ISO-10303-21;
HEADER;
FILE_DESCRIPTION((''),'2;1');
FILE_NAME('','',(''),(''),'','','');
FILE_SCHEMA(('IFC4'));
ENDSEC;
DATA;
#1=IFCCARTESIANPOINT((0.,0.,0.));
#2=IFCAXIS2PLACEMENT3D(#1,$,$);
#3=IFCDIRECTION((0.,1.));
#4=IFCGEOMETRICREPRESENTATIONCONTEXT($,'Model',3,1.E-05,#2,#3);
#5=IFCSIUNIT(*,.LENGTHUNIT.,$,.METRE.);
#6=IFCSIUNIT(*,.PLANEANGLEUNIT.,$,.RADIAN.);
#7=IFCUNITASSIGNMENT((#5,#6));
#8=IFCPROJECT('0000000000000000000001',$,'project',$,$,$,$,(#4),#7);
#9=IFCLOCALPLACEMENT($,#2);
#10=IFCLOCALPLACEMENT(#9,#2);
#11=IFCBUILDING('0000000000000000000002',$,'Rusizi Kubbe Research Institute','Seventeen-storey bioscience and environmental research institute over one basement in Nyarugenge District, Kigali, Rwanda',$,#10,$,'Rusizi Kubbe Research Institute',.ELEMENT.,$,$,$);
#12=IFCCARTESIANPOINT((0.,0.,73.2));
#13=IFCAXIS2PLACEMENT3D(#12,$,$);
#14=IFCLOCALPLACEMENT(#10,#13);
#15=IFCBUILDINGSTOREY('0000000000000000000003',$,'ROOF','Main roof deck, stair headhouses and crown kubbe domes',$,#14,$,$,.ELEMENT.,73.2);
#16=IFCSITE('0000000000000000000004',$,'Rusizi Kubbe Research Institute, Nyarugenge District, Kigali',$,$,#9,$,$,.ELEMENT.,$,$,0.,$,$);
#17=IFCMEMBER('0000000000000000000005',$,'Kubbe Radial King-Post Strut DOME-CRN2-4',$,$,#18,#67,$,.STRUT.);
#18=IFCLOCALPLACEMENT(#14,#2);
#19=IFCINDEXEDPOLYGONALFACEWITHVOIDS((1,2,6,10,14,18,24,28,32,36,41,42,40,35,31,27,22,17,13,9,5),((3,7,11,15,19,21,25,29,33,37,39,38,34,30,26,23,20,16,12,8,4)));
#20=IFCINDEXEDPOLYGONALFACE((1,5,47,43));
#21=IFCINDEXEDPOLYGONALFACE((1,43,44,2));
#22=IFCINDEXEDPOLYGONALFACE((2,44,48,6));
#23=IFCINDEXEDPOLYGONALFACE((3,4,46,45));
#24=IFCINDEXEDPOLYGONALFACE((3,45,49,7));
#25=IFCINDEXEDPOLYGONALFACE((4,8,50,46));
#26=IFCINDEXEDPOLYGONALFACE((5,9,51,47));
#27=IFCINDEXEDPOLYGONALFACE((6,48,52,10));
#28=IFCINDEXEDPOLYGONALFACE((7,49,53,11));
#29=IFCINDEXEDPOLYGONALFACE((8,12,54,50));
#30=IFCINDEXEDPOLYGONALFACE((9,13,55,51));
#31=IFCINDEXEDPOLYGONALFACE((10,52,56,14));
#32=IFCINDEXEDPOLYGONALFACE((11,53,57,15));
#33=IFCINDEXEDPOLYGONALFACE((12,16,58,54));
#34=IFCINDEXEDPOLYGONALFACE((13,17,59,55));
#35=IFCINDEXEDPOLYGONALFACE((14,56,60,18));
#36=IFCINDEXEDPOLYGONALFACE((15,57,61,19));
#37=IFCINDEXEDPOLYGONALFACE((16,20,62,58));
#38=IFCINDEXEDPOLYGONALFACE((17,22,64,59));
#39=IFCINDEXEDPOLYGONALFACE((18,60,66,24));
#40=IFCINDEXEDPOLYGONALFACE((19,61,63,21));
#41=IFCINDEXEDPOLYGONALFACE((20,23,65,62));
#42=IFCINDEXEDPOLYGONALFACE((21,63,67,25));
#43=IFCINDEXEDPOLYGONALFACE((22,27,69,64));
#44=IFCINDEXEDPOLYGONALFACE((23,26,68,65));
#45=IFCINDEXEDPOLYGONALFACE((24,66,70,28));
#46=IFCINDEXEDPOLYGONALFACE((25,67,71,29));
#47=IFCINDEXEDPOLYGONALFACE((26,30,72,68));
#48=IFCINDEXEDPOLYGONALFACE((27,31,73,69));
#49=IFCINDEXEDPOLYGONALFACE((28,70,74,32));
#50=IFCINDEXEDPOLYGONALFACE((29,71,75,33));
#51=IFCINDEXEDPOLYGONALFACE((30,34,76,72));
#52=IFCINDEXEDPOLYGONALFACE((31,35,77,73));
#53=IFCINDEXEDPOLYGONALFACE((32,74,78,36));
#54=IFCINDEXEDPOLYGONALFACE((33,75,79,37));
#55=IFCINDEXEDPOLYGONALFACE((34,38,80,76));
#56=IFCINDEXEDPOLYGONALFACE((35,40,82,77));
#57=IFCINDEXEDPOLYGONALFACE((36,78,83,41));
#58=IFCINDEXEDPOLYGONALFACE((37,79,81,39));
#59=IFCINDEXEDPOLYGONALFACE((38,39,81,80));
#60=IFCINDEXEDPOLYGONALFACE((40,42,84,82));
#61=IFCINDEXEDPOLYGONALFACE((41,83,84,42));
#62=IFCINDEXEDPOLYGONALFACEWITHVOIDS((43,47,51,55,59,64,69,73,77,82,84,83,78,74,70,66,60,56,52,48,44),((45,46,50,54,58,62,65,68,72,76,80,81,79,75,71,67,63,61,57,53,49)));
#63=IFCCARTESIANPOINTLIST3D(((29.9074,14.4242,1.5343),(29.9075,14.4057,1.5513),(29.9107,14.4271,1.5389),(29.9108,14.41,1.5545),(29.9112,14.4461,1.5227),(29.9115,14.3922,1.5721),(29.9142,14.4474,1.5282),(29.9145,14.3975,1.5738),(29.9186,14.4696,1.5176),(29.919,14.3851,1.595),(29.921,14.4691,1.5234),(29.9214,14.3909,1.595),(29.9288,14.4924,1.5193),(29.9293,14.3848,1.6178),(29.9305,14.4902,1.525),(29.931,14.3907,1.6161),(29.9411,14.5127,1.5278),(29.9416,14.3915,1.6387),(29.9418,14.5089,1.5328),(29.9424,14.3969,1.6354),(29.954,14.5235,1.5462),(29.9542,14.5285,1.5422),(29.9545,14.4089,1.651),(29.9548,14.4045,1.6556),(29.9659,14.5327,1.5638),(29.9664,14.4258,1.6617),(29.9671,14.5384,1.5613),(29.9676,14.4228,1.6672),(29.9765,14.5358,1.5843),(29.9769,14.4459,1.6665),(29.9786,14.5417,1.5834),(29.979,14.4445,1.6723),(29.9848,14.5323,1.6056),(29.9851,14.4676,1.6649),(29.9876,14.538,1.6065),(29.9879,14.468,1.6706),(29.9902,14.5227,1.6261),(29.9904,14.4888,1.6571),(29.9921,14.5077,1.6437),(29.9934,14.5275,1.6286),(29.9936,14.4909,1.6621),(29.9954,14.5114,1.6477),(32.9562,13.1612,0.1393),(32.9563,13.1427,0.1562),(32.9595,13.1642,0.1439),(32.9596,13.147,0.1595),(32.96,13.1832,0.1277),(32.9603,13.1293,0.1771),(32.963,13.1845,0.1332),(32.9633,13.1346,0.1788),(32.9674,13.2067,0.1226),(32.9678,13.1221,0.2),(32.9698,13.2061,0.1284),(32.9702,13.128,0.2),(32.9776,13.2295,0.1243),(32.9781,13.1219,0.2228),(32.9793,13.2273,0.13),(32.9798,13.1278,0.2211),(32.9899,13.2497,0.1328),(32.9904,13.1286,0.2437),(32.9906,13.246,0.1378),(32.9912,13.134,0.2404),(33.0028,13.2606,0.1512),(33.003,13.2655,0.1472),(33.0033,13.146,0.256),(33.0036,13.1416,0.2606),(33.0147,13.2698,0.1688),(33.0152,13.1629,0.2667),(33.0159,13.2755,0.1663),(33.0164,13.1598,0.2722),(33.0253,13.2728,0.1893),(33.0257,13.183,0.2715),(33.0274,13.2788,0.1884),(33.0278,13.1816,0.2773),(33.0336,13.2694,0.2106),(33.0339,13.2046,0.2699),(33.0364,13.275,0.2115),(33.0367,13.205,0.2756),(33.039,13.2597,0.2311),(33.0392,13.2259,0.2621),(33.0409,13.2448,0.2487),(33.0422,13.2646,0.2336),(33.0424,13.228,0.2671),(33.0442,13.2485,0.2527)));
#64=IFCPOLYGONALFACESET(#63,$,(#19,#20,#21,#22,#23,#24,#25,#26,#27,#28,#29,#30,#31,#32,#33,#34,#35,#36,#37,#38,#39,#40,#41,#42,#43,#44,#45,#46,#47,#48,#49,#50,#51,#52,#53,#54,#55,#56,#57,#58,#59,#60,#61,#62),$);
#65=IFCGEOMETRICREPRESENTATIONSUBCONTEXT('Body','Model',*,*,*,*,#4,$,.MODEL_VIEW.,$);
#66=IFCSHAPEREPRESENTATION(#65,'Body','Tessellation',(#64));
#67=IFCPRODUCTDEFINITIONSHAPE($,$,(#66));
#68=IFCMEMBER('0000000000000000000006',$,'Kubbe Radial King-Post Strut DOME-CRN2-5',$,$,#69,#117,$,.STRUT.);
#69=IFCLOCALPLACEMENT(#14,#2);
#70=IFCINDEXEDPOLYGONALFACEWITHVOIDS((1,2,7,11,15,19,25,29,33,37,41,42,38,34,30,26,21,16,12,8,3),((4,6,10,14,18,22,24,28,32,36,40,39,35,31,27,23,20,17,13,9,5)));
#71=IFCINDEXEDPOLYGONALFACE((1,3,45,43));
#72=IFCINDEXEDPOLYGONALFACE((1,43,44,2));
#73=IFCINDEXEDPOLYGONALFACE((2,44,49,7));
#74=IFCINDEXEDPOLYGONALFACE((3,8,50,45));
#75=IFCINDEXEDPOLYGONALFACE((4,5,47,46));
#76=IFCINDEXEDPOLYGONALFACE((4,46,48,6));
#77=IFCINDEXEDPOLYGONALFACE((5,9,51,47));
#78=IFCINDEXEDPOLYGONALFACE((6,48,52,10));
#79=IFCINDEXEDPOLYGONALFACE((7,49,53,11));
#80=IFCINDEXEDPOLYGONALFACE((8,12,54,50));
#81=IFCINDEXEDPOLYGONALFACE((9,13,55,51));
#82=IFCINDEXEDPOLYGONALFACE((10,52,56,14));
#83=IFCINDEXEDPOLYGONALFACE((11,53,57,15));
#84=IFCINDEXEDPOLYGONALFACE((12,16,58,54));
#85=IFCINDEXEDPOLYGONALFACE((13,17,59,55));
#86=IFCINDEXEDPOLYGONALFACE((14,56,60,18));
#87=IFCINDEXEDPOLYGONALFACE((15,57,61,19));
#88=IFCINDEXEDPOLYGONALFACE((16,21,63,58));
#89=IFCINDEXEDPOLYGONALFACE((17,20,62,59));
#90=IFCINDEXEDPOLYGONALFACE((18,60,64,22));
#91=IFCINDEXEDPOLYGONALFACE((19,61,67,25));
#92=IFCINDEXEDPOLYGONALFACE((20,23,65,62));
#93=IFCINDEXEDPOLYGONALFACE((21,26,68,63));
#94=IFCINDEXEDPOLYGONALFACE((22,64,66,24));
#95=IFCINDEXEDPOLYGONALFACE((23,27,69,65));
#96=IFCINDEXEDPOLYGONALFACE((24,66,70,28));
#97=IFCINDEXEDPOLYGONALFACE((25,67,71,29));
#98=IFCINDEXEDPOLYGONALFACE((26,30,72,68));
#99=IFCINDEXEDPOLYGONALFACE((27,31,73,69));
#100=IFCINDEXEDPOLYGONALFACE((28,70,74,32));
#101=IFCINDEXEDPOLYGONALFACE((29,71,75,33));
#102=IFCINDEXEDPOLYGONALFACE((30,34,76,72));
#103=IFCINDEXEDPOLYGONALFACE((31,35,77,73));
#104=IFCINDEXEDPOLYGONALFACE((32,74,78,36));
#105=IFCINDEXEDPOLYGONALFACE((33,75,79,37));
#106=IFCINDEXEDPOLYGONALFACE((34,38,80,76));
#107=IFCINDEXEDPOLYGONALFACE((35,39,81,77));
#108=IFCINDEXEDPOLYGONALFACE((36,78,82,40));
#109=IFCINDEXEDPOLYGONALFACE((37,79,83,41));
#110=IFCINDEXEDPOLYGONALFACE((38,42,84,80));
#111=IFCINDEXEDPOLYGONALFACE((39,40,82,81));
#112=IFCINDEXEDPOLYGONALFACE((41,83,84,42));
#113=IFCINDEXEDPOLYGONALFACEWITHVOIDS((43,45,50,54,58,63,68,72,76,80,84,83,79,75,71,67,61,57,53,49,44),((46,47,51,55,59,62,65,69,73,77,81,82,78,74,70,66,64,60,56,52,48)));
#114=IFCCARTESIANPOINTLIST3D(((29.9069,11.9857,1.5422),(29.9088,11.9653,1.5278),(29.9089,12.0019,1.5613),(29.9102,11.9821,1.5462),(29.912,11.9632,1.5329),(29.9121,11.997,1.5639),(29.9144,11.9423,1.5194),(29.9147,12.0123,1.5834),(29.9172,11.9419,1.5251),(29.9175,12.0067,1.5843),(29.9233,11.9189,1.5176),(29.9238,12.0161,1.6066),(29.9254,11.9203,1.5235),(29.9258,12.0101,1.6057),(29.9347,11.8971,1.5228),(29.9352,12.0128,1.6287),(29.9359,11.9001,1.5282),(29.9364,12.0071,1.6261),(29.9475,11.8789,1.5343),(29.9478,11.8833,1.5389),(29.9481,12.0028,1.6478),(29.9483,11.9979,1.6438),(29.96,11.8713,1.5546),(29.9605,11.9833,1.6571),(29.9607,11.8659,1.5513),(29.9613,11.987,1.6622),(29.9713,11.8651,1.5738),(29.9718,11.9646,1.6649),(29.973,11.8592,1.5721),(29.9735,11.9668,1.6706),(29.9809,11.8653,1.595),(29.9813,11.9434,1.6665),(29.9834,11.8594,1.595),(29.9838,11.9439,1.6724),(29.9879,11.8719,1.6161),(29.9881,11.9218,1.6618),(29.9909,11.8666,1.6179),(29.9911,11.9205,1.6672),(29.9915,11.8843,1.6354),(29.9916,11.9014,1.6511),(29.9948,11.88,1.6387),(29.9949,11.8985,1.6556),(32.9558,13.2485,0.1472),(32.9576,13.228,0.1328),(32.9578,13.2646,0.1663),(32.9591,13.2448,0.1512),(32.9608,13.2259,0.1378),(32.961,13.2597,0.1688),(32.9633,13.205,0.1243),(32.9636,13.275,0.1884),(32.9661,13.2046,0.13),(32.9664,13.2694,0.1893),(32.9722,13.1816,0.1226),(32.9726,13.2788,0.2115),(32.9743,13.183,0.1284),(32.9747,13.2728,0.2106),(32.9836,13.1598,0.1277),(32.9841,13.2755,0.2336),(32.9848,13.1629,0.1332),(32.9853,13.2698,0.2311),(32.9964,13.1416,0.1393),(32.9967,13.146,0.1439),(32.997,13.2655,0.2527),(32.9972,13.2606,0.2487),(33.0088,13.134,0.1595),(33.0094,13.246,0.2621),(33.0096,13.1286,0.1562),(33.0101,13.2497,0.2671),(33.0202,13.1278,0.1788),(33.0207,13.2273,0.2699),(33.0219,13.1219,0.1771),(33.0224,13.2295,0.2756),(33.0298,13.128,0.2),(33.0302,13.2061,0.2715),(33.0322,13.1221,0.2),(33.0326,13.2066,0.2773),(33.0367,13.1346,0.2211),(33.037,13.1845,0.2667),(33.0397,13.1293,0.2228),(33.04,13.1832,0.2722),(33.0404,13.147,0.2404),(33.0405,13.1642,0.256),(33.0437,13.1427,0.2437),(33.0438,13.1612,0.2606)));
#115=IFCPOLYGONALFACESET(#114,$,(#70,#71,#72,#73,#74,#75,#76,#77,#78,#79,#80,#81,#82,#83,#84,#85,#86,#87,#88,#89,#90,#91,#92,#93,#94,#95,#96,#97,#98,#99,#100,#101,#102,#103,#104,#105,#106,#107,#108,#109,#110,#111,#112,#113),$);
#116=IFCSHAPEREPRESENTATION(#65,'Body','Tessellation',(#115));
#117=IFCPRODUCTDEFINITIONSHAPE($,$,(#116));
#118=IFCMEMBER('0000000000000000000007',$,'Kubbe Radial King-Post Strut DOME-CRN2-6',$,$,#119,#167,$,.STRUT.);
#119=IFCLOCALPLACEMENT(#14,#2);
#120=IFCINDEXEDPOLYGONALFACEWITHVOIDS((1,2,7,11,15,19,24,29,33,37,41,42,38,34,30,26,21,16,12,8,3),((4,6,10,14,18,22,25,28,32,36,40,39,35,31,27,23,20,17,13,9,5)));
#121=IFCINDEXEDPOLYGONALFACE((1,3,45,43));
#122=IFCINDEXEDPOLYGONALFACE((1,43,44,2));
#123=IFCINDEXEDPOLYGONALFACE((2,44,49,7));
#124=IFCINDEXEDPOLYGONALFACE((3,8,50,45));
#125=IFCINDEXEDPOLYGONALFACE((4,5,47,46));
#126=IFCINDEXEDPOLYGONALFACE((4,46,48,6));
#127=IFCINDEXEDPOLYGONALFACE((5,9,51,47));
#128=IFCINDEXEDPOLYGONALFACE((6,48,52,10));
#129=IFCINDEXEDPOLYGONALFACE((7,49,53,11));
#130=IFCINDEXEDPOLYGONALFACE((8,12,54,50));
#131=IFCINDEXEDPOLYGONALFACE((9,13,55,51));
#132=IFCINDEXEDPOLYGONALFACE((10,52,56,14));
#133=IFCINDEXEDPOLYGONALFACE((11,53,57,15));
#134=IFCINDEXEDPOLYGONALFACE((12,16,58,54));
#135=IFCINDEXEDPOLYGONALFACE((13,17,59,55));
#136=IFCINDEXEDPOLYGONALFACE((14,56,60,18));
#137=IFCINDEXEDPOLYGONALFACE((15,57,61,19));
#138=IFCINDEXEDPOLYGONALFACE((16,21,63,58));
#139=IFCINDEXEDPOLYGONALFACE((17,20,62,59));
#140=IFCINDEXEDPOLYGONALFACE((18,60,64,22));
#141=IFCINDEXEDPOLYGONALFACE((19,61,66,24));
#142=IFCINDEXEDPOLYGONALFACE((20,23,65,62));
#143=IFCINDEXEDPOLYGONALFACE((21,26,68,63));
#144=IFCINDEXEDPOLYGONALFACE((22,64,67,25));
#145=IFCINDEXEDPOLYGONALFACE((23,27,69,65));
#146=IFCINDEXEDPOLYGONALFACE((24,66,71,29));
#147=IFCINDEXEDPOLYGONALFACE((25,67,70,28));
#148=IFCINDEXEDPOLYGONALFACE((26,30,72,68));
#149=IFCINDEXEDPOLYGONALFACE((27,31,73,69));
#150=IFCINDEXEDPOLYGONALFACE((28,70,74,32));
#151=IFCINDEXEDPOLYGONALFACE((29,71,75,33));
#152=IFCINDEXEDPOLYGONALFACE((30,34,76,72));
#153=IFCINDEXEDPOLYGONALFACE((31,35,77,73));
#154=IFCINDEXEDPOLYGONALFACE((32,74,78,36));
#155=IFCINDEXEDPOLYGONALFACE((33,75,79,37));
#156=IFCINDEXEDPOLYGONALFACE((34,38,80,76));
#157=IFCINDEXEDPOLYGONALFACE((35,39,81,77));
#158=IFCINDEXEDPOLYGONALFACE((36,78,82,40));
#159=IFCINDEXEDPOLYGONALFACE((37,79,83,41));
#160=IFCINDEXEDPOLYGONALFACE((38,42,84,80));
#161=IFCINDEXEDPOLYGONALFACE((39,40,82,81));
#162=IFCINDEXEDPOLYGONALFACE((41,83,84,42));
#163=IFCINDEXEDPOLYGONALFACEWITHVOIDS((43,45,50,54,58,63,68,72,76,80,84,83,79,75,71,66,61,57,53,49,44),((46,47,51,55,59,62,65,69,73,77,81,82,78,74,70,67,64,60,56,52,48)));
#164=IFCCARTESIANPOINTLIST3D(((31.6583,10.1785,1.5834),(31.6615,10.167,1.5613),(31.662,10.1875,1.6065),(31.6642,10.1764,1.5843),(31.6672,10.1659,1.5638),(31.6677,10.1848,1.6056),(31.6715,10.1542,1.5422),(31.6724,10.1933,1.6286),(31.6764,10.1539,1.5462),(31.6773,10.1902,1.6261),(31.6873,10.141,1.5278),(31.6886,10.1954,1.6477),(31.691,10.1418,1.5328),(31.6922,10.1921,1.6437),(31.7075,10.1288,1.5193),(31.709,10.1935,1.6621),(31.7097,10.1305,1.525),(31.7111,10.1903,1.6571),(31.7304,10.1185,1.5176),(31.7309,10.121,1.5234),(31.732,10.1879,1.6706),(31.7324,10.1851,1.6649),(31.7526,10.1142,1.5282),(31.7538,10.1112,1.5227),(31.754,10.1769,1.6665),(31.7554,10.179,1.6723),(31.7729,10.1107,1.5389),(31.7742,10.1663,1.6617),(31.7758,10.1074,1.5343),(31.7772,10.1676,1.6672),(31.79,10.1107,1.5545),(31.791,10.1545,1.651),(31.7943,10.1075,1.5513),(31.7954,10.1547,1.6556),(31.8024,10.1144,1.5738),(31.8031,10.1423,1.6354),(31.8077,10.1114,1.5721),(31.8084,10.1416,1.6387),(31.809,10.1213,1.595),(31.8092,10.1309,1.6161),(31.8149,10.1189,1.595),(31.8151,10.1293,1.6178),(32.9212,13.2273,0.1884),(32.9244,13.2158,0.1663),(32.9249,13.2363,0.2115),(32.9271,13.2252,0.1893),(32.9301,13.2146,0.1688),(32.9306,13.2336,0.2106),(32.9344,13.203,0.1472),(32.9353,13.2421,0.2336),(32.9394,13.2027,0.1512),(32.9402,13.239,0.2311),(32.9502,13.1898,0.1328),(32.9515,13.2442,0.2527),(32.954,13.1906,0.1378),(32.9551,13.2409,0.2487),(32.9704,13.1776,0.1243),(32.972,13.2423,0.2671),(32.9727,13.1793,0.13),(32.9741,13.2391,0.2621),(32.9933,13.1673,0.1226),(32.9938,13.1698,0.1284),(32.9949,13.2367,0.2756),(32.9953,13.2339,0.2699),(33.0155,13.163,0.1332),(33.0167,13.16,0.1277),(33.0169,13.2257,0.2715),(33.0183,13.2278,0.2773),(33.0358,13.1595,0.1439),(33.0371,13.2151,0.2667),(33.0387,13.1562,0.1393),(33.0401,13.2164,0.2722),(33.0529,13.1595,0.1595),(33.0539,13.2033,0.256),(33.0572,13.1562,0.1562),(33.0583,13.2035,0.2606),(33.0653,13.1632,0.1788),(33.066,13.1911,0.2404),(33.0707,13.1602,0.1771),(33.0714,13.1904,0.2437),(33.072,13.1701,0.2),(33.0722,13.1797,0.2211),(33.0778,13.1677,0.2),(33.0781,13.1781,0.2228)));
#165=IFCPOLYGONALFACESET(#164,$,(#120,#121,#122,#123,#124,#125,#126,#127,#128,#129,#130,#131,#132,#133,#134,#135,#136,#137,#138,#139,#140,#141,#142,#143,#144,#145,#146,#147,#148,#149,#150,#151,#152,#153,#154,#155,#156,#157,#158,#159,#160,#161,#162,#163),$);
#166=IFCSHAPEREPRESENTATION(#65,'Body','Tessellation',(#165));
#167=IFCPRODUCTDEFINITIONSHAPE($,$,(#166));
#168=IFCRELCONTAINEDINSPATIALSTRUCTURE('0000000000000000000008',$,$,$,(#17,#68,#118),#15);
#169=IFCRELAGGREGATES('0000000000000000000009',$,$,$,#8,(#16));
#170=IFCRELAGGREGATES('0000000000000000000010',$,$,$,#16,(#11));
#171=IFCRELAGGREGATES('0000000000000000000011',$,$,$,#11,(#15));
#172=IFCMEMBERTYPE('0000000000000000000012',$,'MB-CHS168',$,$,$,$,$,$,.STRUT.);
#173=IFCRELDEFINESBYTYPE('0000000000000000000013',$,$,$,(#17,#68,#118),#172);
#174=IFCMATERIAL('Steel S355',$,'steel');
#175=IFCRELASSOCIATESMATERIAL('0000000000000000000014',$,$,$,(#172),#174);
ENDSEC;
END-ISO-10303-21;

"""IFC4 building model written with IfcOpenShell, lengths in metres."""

from ifc_helpers import new_model, si_unit, direction, frame, origin, origin_2d, place, context, subcontext, project, spatial, hollow_circle, extrude, material, material_profile, profile_set, type_object, element, save


model = new_model("IFC4")

# Units and contexts
model_context = context("Model", 3, precision=1e-05, world=origin(), true_north=direction((0.0, 1.0)))
body_context = subcontext(model_context, "Body", "Model", "MODEL_VIEW")
ifc_project = project(units=[si_unit("LENGTHUNIT", "METRE"), si_unit("PLANEANGLEUNIT", "RADIAN")], contexts=[model_context])

# Site, building, storey
site_placement = place(None, origin())
site = spatial("IfcSite", under=ifc_project, at=site_placement, Name="Rusizi Kubbe Research Institute, Nyarugenge District, Kigali", CompositionType="ELEMENT", RefElevation=0.0)
building_placement = place(site_placement, origin())
building = spatial("IfcBuilding", under=site, at=building_placement, Name="Rusizi Kubbe Research Institute", Description="Seventeen-storey bioscience and environmental research institute over one basement in Nyarugenge District, Kigali, Rwanda", LongName="Rusizi Kubbe Research Institute", CompositionType="ELEMENT")
storey_placement = place(building_placement, frame((0.0, 0.0, 73.2)))
storey = spatial("IfcBuildingStorey", under=building, at=storey_placement, Name="ROOF", Description="Main roof deck, stair headhouses and crown kubbe domes", CompositionType="ELEMENT", Elevation=73.2)

# Members
ifc_material_1 = material(Name="Steel S355", Category="steel")
ifc_material_profile_1 = material_profile(ifc_material_1, hollow_circle(Radius=0.0842, WallThickness=0.0063, at=origin_2d()), Name="CHS 168.3x6.3")
ifc_profile_set_1 = profile_set([ifc_material_profile_1], Name="Steel S355")
member_type_1 = type_object("IfcMemberType", Name="MB-CHS168", PredefinedType="STRUT", material=ifc_profile_set_1)
for number, where, z_axis, x_axis, name in (
    (1, (33.0, 13.2, 0.2), (-0.850963, 0.352501, 0.389366), (-0.382702, -0.923872, 0.0), "Kubbe Radial King-Post Strut DOME-CRN2-4"),
    (2, (33.0, 13.2, 0.2), (-0.850983, -0.352441, 0.389375), (0.382639, -0.923898, 0.0), "Kubbe Radial King-Post Strut DOME-CRN2-5"),
    (3, (33.0, 13.2, 0.2), (-0.352501, -0.850963, 0.389366), (0.923872, -0.382702, 0.0), "Kubbe Radial King-Post Strut DOME-CRN2-6"),
):
    element("IfcMember", number, at=place(storey_placement, frame(where, z_axis=z_axis, x_axis=x_axis)), inside=storey, type_object=member_type_1, Name=name, PredefinedType="STRUT", context=body_context, shape_type="SweptSolid", body=[
        extrude(hollow_circle(Radius=0.0842, WallThickness=0.0063, at=origin_2d()), origin(), (0.0, 0.0, 1.0), 3.5828),
    ])

save(model, "model.ifc")
